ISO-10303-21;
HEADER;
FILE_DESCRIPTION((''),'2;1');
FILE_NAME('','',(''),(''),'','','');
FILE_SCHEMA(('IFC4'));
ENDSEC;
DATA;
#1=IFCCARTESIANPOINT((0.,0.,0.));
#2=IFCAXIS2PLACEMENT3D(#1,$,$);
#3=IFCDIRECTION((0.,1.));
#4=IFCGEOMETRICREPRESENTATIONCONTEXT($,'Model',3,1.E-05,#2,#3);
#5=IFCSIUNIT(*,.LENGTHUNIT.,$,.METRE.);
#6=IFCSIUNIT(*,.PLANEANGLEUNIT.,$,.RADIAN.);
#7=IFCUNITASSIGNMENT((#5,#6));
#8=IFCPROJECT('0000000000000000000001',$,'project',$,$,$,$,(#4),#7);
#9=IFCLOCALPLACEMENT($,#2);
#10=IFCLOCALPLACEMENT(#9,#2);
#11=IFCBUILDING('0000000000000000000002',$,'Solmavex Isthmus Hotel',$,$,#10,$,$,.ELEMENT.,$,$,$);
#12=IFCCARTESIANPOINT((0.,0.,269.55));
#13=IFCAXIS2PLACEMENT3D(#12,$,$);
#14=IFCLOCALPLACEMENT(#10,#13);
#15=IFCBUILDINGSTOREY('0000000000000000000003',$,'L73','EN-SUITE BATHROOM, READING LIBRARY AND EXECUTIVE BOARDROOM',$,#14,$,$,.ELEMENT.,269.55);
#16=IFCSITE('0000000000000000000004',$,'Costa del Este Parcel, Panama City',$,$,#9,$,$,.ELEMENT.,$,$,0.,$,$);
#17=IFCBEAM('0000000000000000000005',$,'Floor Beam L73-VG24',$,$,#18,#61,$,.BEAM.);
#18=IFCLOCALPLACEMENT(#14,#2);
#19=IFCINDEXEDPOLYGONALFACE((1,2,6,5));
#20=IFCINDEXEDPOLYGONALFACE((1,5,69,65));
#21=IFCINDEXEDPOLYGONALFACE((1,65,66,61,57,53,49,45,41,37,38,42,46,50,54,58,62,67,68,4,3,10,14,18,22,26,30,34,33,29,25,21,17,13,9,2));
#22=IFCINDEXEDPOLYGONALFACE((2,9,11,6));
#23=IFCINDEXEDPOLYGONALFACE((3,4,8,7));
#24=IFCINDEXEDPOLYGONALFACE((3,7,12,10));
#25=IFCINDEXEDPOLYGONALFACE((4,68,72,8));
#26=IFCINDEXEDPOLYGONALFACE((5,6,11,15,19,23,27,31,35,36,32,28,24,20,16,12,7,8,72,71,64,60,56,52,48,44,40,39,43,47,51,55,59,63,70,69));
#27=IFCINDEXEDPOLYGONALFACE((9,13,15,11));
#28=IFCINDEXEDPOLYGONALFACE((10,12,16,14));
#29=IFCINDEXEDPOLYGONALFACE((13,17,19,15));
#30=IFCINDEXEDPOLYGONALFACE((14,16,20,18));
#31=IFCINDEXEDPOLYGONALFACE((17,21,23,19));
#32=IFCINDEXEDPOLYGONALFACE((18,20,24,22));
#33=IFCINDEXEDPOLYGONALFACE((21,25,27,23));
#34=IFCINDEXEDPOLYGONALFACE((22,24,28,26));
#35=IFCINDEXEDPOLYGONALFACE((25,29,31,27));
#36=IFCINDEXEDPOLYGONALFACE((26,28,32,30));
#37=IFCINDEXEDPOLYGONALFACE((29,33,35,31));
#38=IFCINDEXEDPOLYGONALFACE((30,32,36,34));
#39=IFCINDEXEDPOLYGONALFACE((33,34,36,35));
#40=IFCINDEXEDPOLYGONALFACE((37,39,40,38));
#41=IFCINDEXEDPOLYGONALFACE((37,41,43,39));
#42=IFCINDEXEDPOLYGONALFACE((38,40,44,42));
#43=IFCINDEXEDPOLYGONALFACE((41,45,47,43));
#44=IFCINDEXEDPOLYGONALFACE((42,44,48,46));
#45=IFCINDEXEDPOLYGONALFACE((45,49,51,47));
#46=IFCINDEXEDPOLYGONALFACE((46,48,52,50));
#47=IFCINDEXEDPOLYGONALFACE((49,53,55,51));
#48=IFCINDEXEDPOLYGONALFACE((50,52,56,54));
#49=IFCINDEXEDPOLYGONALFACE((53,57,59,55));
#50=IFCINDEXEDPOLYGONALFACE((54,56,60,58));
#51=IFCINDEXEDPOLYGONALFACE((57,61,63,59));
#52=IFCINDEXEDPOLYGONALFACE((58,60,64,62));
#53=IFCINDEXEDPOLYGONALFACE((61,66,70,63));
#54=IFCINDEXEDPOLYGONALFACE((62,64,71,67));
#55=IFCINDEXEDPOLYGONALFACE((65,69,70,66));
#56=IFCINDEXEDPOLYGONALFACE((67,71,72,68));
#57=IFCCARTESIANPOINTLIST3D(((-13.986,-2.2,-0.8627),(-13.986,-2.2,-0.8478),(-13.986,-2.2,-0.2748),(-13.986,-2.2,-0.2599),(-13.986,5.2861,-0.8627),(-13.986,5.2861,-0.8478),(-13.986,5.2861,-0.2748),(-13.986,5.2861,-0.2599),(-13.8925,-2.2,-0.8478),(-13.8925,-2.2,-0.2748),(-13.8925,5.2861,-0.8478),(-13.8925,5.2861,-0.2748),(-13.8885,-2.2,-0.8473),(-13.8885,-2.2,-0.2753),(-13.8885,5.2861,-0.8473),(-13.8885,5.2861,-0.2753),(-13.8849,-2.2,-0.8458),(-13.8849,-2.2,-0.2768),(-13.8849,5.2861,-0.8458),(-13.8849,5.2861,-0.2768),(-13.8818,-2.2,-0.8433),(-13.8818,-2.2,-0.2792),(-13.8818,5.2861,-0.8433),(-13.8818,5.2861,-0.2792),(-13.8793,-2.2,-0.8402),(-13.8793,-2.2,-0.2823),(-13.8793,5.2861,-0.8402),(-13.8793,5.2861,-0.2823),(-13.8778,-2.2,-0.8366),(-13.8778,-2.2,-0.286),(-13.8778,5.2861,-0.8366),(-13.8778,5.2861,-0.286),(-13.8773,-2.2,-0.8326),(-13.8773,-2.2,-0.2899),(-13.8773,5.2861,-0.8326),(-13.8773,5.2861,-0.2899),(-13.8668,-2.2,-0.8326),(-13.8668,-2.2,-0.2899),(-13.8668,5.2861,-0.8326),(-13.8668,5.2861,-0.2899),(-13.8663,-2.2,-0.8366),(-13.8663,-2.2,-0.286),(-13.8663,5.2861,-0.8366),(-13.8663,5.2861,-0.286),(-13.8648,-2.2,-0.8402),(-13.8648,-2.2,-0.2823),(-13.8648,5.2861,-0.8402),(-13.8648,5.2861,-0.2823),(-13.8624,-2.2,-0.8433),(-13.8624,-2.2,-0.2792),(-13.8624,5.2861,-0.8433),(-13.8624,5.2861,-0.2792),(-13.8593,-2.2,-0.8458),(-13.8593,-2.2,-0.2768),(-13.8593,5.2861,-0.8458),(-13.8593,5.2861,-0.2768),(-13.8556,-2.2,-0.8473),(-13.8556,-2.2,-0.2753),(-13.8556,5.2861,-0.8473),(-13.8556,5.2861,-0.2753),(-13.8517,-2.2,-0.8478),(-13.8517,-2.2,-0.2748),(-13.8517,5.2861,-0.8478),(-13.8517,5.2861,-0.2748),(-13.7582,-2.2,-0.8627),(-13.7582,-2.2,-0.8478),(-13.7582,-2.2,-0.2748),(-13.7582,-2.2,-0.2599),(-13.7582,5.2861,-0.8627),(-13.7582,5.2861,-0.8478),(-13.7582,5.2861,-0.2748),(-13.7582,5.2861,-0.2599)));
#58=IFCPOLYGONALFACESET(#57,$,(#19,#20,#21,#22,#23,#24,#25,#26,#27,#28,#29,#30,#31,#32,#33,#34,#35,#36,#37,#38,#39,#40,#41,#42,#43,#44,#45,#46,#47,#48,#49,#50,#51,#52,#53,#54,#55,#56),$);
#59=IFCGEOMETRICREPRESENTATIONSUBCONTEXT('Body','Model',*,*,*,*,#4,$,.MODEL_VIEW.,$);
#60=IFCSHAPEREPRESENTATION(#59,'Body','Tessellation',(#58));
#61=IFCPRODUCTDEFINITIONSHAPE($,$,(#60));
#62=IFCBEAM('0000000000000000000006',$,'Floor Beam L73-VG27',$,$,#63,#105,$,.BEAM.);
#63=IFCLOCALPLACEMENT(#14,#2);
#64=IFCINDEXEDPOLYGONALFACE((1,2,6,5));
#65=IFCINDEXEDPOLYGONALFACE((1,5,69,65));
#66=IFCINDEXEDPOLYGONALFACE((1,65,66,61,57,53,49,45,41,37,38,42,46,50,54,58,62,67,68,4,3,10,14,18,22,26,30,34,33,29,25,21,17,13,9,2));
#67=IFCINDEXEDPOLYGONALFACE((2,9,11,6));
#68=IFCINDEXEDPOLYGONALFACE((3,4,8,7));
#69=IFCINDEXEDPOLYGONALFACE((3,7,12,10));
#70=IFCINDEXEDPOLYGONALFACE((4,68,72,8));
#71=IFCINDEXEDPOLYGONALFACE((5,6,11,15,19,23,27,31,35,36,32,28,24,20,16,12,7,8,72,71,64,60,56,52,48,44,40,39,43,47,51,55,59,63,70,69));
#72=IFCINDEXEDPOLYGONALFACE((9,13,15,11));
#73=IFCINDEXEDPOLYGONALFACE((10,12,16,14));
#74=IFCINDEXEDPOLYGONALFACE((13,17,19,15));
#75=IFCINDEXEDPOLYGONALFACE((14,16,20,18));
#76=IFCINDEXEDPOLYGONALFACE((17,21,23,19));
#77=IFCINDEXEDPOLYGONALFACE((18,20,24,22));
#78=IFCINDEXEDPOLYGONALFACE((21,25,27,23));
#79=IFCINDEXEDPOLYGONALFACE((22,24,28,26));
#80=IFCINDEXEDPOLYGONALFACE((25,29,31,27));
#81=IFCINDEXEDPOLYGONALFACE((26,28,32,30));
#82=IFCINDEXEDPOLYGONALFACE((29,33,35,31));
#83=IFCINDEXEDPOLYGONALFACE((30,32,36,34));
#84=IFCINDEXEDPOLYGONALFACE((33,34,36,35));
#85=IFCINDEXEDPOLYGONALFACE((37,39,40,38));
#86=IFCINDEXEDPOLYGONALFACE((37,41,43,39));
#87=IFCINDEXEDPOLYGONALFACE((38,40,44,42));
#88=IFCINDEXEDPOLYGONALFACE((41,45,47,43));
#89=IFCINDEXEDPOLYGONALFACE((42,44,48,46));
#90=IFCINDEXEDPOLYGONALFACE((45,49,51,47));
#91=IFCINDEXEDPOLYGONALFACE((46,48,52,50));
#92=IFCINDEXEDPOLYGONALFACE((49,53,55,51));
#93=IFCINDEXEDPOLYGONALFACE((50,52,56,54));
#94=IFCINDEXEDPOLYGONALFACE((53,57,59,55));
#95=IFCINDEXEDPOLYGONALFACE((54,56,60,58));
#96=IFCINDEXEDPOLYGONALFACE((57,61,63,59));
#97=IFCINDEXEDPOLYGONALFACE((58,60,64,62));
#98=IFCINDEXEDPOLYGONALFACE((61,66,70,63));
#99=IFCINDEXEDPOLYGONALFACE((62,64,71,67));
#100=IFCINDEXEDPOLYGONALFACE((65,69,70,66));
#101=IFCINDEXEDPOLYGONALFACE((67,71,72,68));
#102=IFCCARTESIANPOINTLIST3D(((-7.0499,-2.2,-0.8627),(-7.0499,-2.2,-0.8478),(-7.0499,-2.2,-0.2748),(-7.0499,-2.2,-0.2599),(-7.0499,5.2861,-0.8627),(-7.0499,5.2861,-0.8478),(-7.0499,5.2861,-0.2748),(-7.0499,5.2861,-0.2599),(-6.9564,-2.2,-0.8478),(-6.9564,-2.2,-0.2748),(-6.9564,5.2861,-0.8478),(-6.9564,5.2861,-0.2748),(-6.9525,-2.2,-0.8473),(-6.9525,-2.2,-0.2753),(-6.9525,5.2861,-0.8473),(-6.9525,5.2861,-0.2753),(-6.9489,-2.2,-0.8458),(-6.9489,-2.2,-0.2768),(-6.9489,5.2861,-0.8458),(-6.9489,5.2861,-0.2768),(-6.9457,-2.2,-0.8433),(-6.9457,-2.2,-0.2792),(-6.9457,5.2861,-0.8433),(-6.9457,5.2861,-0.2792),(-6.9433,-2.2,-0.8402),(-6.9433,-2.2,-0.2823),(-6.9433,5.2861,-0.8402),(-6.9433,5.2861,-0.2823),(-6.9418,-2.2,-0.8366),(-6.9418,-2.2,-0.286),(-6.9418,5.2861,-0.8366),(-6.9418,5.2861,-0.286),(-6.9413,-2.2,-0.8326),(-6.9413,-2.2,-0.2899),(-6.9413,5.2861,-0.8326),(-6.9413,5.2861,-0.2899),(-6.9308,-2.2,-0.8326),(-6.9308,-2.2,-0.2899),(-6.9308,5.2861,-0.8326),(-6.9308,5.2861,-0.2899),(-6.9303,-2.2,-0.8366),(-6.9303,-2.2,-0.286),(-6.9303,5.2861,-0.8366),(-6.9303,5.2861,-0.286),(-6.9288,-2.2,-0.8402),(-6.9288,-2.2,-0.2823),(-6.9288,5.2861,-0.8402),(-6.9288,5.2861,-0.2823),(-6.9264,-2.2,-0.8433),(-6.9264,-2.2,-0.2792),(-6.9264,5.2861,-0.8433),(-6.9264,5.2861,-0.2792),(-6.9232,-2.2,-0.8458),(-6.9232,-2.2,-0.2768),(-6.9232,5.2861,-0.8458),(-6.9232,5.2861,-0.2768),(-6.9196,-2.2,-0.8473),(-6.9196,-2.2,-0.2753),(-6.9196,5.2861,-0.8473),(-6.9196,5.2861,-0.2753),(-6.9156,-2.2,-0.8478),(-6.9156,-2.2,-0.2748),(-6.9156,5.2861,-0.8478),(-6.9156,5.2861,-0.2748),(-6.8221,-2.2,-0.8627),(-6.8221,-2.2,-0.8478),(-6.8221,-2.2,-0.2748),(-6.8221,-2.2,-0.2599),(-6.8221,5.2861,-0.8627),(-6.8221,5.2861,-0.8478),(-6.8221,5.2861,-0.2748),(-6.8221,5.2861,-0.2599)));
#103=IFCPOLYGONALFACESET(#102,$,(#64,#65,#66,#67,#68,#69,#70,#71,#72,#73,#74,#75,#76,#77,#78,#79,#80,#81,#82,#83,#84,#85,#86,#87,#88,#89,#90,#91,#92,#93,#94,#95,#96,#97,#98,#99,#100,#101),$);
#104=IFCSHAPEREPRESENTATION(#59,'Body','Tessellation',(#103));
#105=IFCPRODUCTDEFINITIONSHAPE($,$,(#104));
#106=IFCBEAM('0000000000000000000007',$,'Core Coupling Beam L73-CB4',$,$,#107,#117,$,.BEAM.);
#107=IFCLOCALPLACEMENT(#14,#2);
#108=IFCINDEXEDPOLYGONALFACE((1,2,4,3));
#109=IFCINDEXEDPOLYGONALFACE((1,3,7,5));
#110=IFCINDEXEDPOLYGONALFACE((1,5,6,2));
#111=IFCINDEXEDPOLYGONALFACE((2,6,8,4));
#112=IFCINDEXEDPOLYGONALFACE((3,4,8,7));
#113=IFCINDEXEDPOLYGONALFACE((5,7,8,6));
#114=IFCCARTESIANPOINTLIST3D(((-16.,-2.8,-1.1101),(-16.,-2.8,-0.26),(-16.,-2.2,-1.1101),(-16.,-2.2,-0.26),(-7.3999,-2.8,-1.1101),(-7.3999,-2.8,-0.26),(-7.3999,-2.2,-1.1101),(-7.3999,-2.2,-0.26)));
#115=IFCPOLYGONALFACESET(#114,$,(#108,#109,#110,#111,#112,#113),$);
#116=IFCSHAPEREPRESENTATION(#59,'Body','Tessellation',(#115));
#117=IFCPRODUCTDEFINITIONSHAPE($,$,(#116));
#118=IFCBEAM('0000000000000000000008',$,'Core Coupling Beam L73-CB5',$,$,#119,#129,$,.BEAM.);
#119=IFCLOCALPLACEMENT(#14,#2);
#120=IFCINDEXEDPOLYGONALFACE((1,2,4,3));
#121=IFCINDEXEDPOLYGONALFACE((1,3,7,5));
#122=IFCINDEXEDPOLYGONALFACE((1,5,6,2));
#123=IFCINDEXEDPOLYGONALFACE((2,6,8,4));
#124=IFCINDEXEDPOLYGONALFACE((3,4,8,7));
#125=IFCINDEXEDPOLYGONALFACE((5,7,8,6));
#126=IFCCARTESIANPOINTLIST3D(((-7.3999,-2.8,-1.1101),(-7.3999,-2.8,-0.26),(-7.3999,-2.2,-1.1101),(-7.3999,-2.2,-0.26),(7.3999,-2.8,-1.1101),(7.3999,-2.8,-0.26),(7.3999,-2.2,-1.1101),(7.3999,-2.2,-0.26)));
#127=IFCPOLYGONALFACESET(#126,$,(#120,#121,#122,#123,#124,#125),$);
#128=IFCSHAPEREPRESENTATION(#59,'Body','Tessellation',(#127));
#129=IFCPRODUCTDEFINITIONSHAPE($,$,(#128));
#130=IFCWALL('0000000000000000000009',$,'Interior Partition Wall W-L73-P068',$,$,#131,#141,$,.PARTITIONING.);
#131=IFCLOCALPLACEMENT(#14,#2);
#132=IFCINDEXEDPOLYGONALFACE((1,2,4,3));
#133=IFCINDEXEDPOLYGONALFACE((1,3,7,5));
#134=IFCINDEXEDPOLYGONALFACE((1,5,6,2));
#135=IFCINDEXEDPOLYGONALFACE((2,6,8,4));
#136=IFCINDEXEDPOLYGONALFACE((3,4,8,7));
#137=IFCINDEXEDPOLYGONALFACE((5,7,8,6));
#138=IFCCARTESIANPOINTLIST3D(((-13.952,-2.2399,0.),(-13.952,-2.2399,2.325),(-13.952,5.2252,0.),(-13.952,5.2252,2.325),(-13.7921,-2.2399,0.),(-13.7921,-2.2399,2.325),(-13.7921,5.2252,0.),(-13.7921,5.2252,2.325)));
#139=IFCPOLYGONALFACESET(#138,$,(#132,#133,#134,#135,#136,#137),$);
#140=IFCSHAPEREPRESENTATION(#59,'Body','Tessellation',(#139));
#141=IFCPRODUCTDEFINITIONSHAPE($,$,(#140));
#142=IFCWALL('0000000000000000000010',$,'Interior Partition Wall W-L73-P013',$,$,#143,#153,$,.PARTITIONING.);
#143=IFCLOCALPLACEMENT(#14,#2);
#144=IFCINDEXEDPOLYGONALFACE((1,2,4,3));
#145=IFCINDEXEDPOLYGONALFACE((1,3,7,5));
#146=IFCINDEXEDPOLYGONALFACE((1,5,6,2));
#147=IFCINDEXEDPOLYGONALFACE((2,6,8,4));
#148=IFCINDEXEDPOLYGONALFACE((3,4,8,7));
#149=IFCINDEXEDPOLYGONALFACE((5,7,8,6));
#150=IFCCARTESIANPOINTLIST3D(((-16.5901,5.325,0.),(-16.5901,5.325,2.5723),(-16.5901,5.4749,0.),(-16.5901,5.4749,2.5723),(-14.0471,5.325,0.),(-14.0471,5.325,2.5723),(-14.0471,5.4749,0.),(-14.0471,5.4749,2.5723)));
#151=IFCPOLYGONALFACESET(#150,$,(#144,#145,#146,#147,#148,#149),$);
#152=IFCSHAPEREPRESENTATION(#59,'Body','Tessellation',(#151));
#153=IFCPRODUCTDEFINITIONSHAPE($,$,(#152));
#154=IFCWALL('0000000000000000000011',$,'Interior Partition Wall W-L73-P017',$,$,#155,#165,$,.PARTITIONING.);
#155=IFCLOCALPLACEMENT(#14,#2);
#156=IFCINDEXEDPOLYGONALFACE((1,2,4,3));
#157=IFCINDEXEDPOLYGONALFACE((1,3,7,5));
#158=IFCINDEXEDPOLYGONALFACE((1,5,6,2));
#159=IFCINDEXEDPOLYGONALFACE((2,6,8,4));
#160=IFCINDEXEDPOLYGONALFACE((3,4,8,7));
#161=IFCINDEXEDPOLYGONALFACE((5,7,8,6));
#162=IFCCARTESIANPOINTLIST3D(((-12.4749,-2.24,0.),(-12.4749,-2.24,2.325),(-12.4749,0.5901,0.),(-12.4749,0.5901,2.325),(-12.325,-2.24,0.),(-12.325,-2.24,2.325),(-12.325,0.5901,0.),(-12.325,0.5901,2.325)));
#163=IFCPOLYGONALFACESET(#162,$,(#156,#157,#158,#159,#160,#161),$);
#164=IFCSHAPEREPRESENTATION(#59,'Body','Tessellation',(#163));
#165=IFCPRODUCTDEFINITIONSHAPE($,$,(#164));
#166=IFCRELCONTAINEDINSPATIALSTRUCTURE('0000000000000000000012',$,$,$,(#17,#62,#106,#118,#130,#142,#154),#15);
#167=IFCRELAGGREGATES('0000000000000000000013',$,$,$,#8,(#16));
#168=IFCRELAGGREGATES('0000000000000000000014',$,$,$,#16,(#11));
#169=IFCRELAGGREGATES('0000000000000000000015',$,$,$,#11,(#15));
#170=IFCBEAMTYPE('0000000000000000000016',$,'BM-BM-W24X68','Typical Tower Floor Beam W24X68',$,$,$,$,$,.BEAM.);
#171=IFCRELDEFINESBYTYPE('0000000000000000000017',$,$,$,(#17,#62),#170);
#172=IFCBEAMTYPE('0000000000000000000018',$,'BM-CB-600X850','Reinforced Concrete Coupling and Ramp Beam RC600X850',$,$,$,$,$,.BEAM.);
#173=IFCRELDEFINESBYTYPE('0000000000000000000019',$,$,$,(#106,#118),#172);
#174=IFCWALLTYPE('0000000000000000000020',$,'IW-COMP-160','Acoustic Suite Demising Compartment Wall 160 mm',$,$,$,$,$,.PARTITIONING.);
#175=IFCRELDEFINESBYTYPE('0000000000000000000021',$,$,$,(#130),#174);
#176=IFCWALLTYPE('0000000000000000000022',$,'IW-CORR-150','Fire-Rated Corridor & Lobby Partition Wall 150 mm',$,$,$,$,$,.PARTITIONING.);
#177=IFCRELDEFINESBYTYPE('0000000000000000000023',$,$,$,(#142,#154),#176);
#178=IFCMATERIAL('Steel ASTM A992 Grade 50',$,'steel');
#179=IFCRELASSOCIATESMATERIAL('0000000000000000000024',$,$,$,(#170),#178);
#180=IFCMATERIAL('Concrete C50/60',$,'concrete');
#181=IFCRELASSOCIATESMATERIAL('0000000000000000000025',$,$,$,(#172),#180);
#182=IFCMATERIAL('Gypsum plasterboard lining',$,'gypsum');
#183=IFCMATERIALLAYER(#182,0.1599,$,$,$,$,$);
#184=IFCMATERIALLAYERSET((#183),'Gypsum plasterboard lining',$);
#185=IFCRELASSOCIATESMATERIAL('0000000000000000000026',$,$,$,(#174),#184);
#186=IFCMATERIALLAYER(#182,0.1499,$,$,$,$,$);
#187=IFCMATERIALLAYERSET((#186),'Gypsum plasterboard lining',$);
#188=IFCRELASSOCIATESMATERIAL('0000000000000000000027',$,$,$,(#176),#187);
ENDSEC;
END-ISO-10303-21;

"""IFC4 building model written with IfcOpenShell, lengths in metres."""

from ifc_helpers import new_model, si_unit, direction, frame, frame_2d, origin, origin_2d, place, context, subcontext, project, spatial, rectangle, i_section, extrude, material, layer, layer_set, material_profile, profile_set, type_object, element, save


model = new_model("IFC4")

# Units and contexts
model_context = context("Model", 3, precision=1e-05, world=origin(), true_north=direction((0.0, 1.0)))
body_context = subcontext(model_context, "Body", "Model", "MODEL_VIEW")
ifc_project = project(units=[si_unit("LENGTHUNIT", "METRE"), si_unit("PLANEANGLEUNIT", "RADIAN")], contexts=[model_context])

# Site, building, storey
site_placement = place(None, origin())
site = spatial("IfcSite", under=ifc_project, at=site_placement, Name="Costa del Este Parcel, Panama City", CompositionType="ELEMENT", RefElevation=0.0)
building_placement = place(site_placement, origin())
building = spatial("IfcBuilding", under=site, at=building_placement, Name="Solmavex Isthmus Hotel", CompositionType="ELEMENT")
storey_placement = place(building_placement, frame((0.0, 0.0, 269.55)))
storey = spatial("IfcBuildingStorey", under=building, at=storey_placement, Name="L73", Description="EN-SUITE BATHROOM, READING LIBRARY AND EXECUTIVE BOARDROOM", CompositionType="ELEMENT", Elevation=269.55)

# Shared definitions
ifc_material_1 = material(Name="Concrete C50/60", Category="concrete")

# Beams
ifc_material_2 = material(Name="Steel ASTM A992 Grade 50", Category="steel")
ifc_material_profile_1 = material_profile(ifc_material_2, i_section(OverallWidth=0.2278, OverallDepth=0.6028, WebThickness=0.0105, FlangeThickness=0.0149, FilletRadius=0.0151, at=origin_2d()), Name="W24X68")
ifc_profile_set_1 = profile_set([ifc_material_profile_1], Name="Steel ASTM A992 Grade 50")
beam_type_1 = type_object("IfcBeamType", Name="BM-BM-W24X68", Description="Typical Tower Floor Beam W24X68", PredefinedType="BEAM", material=ifc_profile_set_1)
for number, where, z_axis, x_axis, name in (
    (1, (-13.8721, -2.2, -0.5613), (0.0, 1.0, 0.0), (-1.0, 0.0, 0.0), "Floor Beam L73-VG24"),
    (2, (-6.936, -2.2, -0.5613), (0.0, 1.0, 0.0), (-1.0, 0.0, 0.0), "Floor Beam L73-VG27"),
):
    element("IfcBeam", number, at=place(storey_placement, frame(where, z_axis=z_axis, x_axis=x_axis)), inside=storey, type_object=beam_type_1, Name=name, PredefinedType="BEAM", context=body_context, shape_type="SweptSolid", body=[
        extrude(i_section(OverallWidth=0.2278, OverallDepth=0.6028, WebThickness=0.0105, FlangeThickness=0.0149, FilletRadius=0.0151, at=origin_2d()), origin(), (0.0, 0.0, 1.0), 7.4861),
    ])
ifc_material_profile_2 = material_profile(ifc_material_1, rectangle(XDim=0.6001, YDim=0.8501, at=origin_2d()), Name="RC600X850")
ifc_profile_set_2 = profile_set([ifc_material_profile_2], Name="Concrete C50/60")
beam_type_2 = type_object("IfcBeamType", Name="BM-CB-600X850", Description="Reinforced Concrete Coupling and Ramp Beam RC600X850", PredefinedType="BEAM", material=ifc_profile_set_2)
beam_1_placement = place(storey_placement, frame((-16.0, -2.5, -0.6851), z_axis=(1.0, 0.0, 0.0), x_axis=(0.0, 1.0, 0.0)))
element("IfcBeam", 3, at=beam_1_placement, inside=storey, type_object=beam_type_2, Name="Core Coupling Beam L73-CB4", PredefinedType="BEAM", context=body_context, shape_type="SweptSolid", body=[
    extrude(rectangle(XDim=0.6001, YDim=0.8501, at=origin_2d()), origin(), (0.0, 0.0, 1.0), 8.6001),
])
beam_2_placement = place(storey_placement, frame((-7.3999, -2.5, -0.6851), z_axis=(1.0, 0.0, 0.0), x_axis=(0.0, 1.0, 0.0)))
element("IfcBeam", 4, at=beam_2_placement, inside=storey, type_object=beam_type_2, Name="Core Coupling Beam L73-CB5", PredefinedType="BEAM", context=body_context, shape_type="SweptSolid", body=[
    extrude(rectangle(XDim=0.6001, YDim=0.8501, at=origin_2d()), origin(), (0.0, 0.0, 1.0), 14.7998),
])

# Walls
ifc_material_3 = material(Name="Gypsum plasterboard lining", Category="gypsum")
ifc_layer_1 = layer(ifc_material_3, 0.1599)
ifc_layer_set_1 = layer_set([ifc_layer_1], Name="Gypsum plasterboard lining")
wall_type_1 = type_object("IfcWallType", Name="IW-COMP-160", Description="Acoustic Suite Demising Compartment Wall 160 mm", PredefinedType="PARTITIONING", material=ifc_layer_set_1)
wall_1_placement = place(storey_placement, frame((-13.8721, 5.2251, 0.0), z_axis=(0.0, 0.0, 1.0), x_axis=(0.0, -1.0, 0.0)))
element("IfcWall", 5, at=wall_1_placement, inside=storey, type_object=wall_type_1, Name="Interior Partition Wall W-L73-P068", PredefinedType="PARTITIONING", context=body_context, shape_type="SweptSolid", body=[
    extrude(rectangle(XDim=7.4651, YDim=0.1599, at=frame_2d((3.7324, 0.0))), origin(), (0.0, 0.0, 1.0), 2.325),
])
ifc_layer_2 = layer(ifc_material_3, 0.1499)
ifc_layer_set_2 = layer_set([ifc_layer_2], Name="Gypsum plasterboard lining")
wall_type_2 = type_object("IfcWallType", Name="IW-CORR-150", Description="Fire-Rated Corridor & Lobby Partition Wall 150 mm", PredefinedType="PARTITIONING", material=ifc_layer_set_2)
wall_2_placement = place(storey_placement, frame((-14.0471, 5.3999, 0.0), z_axis=(0.0, 0.0, 1.0), x_axis=(-1.0, 0.0, 0.0)))
element("IfcWall", 6, at=wall_2_placement, inside=storey, type_object=wall_type_2, Name="Interior Partition Wall W-L73-P013", PredefinedType="PARTITIONING", context=body_context, shape_type="SweptSolid", body=[
    extrude(rectangle(XDim=2.543, YDim=0.1499, at=frame_2d((1.2715, 0.0))), origin(), (0.0, 0.0, 1.0), 2.5723),
])
wall_3_placement = place(storey_placement, frame((-12.3999, -2.24, 0.0), z_axis=(0.0, 0.0, 1.0), x_axis=(0.0, 1.0, 0.0)))
element("IfcWall", 7, at=wall_3_placement, inside=storey, type_object=wall_type_2, Name="Interior Partition Wall W-L73-P017", PredefinedType="PARTITIONING", context=body_context, shape_type="SweptSolid", body=[
    extrude(rectangle(XDim=2.8301, YDim=0.1499, at=frame_2d((1.415, 0.0))), origin(), (0.0, 0.0, 1.0), 2.325),
])

save(model, "model.ifc")
